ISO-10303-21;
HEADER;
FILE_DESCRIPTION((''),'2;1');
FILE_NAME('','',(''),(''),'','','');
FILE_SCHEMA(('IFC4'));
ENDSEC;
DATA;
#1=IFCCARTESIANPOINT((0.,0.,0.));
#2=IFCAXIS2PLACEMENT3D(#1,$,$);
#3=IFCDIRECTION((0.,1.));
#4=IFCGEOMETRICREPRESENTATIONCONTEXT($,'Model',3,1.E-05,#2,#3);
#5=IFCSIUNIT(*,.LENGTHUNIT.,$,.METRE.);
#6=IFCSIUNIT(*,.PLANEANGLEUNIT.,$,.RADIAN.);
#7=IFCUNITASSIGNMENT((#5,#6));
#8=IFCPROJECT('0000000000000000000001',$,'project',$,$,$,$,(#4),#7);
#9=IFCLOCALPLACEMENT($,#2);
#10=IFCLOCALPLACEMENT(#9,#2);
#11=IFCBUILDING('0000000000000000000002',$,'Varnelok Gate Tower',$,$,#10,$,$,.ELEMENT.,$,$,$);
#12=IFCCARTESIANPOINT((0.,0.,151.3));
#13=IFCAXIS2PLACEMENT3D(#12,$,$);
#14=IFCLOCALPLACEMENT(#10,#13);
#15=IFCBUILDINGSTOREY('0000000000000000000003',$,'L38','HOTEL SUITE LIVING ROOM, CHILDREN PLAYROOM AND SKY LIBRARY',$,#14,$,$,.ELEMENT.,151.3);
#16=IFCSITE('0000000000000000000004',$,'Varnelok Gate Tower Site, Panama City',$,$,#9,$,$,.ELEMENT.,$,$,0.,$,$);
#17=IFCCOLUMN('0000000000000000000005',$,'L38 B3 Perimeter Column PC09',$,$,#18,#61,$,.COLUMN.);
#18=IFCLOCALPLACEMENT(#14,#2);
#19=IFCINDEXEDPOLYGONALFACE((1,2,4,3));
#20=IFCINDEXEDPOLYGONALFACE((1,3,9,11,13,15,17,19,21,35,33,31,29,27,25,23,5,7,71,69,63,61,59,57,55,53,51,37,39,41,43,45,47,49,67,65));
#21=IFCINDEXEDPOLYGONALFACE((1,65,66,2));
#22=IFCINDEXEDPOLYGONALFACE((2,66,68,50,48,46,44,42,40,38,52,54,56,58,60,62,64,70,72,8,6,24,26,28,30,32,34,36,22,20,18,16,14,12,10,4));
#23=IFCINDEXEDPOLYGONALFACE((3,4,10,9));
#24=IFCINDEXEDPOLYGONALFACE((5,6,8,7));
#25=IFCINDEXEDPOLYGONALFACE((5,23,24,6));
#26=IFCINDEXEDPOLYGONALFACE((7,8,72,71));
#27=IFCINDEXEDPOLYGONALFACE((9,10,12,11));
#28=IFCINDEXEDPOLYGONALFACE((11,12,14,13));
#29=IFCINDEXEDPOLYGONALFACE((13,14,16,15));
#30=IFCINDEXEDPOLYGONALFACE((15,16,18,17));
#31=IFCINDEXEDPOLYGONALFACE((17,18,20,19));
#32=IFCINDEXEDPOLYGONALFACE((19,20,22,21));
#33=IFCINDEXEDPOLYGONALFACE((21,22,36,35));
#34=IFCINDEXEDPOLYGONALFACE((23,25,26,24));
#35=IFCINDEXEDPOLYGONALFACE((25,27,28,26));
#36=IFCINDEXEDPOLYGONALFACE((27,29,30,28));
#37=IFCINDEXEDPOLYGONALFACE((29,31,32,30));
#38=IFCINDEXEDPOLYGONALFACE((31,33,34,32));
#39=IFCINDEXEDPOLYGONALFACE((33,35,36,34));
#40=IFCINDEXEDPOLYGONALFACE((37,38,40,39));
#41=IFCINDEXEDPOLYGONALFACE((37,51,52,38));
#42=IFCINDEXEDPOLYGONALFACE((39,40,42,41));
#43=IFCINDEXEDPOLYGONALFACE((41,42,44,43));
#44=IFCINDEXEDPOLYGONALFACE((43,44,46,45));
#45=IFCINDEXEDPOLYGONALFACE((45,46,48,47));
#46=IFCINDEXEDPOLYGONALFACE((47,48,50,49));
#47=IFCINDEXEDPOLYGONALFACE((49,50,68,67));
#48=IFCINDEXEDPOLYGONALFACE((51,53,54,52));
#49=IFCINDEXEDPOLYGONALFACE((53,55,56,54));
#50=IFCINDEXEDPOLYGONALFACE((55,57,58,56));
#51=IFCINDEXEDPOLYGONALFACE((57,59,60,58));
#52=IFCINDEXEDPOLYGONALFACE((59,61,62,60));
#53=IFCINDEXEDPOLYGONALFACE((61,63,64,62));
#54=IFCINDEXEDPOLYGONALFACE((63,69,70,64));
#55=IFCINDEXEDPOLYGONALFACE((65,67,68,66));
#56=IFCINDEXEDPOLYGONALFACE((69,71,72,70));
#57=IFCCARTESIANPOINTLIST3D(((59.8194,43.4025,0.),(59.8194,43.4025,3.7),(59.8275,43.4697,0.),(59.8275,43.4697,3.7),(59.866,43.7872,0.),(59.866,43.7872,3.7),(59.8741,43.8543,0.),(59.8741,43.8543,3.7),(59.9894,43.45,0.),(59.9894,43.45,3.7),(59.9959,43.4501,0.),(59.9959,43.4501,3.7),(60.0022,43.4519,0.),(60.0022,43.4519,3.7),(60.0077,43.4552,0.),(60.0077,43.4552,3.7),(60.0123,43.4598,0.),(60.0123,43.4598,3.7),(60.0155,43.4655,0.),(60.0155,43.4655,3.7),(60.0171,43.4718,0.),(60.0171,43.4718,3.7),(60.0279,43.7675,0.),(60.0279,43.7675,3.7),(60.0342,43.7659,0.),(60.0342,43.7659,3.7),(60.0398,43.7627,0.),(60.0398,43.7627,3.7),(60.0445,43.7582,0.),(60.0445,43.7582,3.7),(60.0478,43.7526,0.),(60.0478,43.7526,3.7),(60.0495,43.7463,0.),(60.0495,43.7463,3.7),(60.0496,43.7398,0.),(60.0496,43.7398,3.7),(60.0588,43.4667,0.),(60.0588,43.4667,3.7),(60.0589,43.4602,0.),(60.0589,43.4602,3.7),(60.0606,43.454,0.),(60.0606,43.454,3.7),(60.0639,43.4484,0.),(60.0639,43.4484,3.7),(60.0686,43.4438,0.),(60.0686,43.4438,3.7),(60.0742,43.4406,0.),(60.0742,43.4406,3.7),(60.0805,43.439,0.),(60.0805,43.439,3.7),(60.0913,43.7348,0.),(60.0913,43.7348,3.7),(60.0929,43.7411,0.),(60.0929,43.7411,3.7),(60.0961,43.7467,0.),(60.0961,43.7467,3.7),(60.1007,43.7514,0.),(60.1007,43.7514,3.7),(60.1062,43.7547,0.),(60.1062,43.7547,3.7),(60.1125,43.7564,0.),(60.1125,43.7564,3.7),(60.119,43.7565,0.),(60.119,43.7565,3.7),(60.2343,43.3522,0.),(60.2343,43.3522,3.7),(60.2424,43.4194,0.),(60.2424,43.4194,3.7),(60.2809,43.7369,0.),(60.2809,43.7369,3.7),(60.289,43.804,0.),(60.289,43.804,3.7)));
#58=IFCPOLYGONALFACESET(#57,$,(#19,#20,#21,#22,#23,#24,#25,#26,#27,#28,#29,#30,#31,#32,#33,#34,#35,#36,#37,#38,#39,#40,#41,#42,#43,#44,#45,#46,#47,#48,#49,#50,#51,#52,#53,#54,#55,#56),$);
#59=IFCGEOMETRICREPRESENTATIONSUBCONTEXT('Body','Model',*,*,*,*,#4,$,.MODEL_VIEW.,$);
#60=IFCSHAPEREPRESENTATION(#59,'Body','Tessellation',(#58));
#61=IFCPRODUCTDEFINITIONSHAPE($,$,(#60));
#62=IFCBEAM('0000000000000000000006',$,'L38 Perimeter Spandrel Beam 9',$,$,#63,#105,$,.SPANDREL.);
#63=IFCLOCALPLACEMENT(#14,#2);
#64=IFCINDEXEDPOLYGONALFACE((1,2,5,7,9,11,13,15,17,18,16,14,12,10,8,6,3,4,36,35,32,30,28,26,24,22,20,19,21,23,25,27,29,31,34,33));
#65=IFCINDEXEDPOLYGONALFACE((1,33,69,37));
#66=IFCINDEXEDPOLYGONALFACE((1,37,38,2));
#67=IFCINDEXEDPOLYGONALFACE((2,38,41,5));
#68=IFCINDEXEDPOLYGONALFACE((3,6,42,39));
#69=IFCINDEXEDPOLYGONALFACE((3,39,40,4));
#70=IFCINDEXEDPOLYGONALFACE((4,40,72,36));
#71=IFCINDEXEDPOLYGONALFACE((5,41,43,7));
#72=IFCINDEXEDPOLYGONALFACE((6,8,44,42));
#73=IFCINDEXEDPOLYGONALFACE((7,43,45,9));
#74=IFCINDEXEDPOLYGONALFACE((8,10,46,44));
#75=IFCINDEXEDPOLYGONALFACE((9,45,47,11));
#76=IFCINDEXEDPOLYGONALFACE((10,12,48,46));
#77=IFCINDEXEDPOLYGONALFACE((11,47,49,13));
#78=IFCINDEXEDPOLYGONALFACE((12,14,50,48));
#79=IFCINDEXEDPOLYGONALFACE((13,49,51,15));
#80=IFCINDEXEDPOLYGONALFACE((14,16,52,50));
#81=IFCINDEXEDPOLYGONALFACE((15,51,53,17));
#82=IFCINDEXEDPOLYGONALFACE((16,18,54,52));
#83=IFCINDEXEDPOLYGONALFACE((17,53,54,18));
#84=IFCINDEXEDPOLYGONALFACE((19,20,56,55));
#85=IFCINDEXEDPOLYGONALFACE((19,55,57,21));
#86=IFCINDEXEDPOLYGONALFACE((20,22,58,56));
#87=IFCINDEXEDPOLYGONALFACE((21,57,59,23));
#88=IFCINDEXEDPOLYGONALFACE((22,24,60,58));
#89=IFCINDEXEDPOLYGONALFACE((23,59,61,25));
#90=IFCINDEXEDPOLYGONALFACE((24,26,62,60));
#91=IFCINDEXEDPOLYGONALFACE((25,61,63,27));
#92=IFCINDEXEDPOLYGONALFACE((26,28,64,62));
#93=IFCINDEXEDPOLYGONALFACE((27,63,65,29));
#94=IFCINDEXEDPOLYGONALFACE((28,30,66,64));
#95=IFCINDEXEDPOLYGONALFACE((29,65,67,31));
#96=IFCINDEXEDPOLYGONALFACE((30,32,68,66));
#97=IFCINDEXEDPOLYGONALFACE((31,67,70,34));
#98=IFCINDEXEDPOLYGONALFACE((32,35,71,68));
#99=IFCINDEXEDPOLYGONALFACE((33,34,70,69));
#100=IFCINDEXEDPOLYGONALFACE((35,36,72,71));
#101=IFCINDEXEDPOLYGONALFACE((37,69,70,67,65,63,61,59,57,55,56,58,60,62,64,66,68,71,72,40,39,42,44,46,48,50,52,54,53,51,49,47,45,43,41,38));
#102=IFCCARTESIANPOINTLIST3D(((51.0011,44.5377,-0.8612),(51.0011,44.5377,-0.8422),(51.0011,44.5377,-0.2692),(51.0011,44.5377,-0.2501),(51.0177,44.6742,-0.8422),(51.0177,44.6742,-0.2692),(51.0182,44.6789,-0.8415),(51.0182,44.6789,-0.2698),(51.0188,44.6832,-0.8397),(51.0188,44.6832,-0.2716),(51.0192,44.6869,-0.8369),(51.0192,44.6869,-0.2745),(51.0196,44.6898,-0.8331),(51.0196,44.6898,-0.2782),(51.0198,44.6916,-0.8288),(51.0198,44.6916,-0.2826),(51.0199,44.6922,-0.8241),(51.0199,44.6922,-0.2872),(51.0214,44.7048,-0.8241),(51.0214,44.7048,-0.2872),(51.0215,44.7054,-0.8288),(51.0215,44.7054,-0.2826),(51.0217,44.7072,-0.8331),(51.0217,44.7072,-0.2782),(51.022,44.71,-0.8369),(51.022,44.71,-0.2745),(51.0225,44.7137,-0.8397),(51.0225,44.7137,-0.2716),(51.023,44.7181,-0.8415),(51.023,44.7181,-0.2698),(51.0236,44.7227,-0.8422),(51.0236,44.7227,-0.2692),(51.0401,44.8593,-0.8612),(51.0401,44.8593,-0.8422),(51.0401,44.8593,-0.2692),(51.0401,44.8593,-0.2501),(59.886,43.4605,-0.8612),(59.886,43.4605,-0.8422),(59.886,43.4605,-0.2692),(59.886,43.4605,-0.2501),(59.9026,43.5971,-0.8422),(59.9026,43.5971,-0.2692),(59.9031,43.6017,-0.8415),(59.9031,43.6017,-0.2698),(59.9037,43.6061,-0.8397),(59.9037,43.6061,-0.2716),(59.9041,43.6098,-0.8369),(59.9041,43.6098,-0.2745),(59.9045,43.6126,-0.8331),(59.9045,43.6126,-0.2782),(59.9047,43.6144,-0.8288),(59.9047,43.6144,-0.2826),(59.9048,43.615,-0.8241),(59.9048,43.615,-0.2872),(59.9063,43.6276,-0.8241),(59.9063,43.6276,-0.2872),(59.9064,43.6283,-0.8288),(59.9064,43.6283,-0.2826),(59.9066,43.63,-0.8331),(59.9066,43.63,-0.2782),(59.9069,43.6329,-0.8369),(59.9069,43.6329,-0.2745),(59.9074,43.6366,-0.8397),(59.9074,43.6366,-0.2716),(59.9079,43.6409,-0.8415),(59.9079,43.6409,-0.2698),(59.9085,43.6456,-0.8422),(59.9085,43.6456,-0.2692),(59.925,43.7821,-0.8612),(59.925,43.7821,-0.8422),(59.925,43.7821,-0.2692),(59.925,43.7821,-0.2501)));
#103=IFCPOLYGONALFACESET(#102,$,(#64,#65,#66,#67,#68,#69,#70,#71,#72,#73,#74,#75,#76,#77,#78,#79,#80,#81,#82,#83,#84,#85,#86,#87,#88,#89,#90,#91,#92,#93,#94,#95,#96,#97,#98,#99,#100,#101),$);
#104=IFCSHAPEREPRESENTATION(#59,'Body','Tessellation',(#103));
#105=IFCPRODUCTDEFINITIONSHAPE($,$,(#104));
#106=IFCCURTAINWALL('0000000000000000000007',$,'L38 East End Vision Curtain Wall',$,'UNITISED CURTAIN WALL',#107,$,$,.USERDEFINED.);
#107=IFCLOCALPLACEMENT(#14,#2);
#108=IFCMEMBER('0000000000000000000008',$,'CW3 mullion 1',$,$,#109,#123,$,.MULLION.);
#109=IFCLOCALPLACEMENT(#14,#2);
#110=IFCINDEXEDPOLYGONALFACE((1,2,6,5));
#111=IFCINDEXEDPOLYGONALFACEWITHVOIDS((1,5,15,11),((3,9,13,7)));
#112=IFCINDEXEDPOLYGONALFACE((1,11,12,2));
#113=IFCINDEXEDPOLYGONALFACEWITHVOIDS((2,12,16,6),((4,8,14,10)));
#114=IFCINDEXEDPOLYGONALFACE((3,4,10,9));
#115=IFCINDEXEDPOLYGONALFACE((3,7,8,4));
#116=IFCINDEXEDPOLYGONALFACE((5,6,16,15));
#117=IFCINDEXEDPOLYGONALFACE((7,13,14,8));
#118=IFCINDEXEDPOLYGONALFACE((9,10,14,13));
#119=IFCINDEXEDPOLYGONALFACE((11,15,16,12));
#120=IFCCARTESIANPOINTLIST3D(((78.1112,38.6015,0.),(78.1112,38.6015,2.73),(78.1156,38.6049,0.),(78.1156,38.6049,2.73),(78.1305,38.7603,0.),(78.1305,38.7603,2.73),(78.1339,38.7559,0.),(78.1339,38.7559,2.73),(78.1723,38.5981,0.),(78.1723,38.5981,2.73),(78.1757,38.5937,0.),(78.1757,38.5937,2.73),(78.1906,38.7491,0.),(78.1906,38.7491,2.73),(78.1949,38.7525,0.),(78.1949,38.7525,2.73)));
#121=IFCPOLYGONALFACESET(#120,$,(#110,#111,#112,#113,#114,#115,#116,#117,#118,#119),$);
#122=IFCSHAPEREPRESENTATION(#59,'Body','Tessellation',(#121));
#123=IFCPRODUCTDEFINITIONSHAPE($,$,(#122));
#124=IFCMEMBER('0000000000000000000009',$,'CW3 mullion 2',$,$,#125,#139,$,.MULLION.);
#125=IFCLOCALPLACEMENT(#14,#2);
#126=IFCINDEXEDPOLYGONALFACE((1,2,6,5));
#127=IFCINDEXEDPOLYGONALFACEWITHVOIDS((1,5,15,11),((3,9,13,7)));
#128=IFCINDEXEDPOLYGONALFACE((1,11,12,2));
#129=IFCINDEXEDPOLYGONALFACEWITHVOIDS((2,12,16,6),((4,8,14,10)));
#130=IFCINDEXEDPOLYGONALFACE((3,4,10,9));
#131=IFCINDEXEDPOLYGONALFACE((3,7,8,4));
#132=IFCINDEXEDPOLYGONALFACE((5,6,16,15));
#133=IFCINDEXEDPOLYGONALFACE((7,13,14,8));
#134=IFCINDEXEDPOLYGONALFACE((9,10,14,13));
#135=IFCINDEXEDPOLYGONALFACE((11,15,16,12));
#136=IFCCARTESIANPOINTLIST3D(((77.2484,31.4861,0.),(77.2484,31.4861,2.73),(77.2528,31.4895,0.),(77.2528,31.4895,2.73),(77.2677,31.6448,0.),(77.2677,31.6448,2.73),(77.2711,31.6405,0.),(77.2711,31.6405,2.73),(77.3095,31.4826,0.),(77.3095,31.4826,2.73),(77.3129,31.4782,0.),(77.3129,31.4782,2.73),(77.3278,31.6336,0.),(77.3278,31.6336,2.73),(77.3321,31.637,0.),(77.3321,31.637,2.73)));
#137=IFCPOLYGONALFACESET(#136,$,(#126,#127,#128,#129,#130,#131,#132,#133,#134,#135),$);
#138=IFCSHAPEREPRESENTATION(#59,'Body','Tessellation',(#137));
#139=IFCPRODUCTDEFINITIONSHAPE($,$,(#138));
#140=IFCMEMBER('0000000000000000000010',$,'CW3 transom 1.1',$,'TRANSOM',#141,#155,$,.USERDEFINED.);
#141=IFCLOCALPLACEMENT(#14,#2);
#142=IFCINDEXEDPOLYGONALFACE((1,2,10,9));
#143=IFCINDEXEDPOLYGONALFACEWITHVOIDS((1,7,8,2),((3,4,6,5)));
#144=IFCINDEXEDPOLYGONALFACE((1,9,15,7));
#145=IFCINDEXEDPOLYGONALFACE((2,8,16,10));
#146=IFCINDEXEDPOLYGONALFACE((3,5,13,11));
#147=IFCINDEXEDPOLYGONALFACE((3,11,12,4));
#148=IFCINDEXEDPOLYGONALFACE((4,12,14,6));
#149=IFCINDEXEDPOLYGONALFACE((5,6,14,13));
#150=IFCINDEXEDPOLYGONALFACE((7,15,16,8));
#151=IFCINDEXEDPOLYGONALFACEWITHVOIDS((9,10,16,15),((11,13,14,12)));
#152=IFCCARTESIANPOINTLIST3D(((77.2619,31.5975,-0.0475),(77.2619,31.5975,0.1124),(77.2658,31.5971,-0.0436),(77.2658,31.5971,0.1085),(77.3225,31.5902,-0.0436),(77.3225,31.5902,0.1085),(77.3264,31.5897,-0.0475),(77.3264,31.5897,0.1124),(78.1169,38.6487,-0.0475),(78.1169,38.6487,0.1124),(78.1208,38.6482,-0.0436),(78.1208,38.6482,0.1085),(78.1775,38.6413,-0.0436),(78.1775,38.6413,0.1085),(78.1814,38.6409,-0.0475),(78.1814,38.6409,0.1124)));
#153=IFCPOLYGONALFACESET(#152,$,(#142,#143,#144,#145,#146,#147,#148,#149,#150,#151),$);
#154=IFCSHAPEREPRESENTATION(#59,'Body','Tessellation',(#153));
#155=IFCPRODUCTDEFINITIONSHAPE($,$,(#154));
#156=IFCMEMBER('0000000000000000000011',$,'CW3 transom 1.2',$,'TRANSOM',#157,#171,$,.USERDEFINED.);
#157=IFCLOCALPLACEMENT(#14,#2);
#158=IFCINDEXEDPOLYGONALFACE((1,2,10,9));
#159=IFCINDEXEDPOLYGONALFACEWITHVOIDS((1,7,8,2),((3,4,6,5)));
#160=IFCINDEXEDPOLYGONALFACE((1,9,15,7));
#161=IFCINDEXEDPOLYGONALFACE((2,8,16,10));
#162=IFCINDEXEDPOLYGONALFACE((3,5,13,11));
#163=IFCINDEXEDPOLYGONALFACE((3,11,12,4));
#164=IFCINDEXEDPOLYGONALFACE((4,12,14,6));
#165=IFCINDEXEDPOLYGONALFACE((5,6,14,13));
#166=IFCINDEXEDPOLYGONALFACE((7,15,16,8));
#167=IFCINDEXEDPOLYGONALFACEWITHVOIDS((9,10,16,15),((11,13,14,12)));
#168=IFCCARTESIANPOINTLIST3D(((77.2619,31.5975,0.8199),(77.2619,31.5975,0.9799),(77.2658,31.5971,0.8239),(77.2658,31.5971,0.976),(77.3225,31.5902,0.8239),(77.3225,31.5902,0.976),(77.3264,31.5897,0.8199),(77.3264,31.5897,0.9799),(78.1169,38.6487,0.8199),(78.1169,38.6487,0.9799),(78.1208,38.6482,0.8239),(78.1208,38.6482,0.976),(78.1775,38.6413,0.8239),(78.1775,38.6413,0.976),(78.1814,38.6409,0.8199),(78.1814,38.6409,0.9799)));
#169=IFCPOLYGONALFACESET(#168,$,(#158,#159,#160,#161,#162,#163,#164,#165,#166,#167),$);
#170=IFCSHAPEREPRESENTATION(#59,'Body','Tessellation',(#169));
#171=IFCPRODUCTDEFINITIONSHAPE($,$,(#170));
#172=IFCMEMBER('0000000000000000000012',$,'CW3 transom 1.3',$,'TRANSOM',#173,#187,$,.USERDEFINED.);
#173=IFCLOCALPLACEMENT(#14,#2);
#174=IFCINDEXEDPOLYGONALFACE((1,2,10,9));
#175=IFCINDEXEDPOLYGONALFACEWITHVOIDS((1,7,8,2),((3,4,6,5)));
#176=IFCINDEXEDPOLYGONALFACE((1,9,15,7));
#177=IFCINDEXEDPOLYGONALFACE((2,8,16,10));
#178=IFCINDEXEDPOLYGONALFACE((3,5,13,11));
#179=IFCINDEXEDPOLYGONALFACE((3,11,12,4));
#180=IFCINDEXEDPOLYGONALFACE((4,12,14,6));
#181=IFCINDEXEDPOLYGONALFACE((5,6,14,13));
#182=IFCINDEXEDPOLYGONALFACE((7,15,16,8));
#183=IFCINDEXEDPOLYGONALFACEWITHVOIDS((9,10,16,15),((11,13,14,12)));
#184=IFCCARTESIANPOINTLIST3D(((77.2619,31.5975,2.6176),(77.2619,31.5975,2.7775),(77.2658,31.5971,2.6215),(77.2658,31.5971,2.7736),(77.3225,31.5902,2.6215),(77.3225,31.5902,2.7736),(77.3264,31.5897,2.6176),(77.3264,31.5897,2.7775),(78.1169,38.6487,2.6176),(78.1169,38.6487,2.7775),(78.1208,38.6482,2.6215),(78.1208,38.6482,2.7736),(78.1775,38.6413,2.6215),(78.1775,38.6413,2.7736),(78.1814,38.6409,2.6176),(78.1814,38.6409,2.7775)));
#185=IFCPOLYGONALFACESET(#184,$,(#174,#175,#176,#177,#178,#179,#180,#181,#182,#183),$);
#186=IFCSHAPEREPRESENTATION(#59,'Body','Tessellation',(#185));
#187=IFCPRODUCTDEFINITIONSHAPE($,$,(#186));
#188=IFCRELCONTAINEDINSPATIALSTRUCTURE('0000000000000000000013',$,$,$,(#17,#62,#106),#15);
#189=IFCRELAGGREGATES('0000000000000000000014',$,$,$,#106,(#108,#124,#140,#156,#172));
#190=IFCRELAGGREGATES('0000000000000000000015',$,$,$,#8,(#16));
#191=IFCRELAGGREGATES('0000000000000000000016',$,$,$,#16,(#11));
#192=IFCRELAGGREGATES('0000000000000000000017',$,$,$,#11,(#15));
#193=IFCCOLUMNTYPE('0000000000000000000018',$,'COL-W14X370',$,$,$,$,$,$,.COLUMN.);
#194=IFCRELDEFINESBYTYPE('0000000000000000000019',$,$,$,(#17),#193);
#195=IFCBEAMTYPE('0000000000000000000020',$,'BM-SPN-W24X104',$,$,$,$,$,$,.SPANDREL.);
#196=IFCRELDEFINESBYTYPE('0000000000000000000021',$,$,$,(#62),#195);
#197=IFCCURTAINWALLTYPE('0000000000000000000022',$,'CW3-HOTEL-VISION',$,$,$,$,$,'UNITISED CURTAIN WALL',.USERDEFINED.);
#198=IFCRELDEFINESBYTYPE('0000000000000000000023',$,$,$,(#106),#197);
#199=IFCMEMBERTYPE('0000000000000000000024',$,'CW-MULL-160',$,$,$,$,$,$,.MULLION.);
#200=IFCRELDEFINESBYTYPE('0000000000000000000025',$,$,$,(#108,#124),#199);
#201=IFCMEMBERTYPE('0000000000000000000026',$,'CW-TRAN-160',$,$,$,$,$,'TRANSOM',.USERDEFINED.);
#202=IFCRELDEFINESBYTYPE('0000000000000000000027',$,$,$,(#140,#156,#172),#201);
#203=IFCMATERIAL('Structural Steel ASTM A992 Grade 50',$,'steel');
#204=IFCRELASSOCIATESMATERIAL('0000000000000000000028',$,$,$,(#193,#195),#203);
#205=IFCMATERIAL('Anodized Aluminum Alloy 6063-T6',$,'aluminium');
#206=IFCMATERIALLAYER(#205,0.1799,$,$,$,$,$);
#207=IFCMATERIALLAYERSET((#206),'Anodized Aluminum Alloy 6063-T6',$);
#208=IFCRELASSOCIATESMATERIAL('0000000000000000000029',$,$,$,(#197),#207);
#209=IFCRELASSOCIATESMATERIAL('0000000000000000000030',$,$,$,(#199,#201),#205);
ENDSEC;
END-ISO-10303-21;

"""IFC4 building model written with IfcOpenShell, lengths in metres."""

from ifc_helpers import new_model, si_unit, direction, frame, origin, origin_2d, place, context, subcontext, project, spatial, hollow_rectangle, i_section, extrude, material, layer, layer_set, material_profile, profile_set, type_object, element, aggregate, save


model = new_model("IFC4")

# Units and contexts
model_context = context("Model", 3, precision=1e-05, world=origin(), true_north=direction((0.0, 1.0)))
body_context = subcontext(model_context, "Body", "Model", "MODEL_VIEW")
ifc_project = project(units=[si_unit("LENGTHUNIT", "METRE"), si_unit("PLANEANGLEUNIT", "RADIAN")], contexts=[model_context])

# Site, building, storey
site_placement = place(None, origin())
site = spatial("IfcSite", under=ifc_project, at=site_placement, Name="Varnelok Gate Tower Site, Panama City", CompositionType="ELEMENT", RefElevation=0.0)
building_placement = place(site_placement, origin())
building = spatial("IfcBuilding", under=site, at=building_placement, Name="Varnelok Gate Tower", CompositionType="ELEMENT")
storey_placement = place(building_placement, frame((0.0, 0.0, 151.3)))
storey = spatial("IfcBuildingStorey", under=building, at=storey_placement, Name="L38", Description="HOTEL SUITE LIVING ROOM, CHILDREN PLAYROOM AND SKY LIBRARY", CompositionType="ELEMENT", Elevation=151.3)

# Column
ifc_material_1 = material(Name="Structural Steel ASTM A992 Grade 50", Category="steel")
ifc_material_profile_1 = material_profile(ifc_material_1, i_section(OverallWidth=0.418, OverallDepth=0.4551, WebThickness=0.042, FlangeThickness=0.0676, FilletRadius=0.0249, at=origin_2d()), Name="W14X370")
ifc_profile_set_1 = profile_set([ifc_material_profile_1], Name="Structural Steel ASTM A992 Grade 50")
column_type = type_object("IfcColumnType", Name="COL-W14X370", PredefinedType="COLUMN", material=ifc_profile_set_1)
column_placement = place(storey_placement, frame((60.0542, 43.6033, 0.0), z_axis=(0.0, 0.0, 1.0), x_axis=(0.992732, -0.120345, 0.0)))
element("IfcColumn", 1, at=column_placement, inside=storey, type_object=column_type, Name="L38 B3 Perimeter Column PC09", PredefinedType="COLUMN", context=body_context, shape_type="SweptSolid", body=[
    extrude(i_section(OverallWidth=0.418, OverallDepth=0.4551, WebThickness=0.042, FlangeThickness=0.0676, FilletRadius=0.0249, at=origin_2d()), origin(), (0.0, 0.0, 1.0), 3.7),
])

# Beam
ifc_material_profile_2 = material_profile(ifc_material_1, i_section(OverallWidth=0.324, OverallDepth=0.6111, WebThickness=0.0127, FlangeThickness=0.019, FilletRadius=0.0181, at=origin_2d()), Name="W24X104")
ifc_profile_set_2 = profile_set([ifc_material_profile_2], Name="Structural Steel ASTM A992 Grade 50")
beam_type = type_object("IfcBeamType", Name="BM-SPN-W24X104", PredefinedType="SPANDREL", material=ifc_profile_set_2)
beam_placement = place(storey_placement, frame((59.9055, 43.6213, -0.5557), z_axis=(-0.992731, 0.120351, 0.0), x_axis=(-0.120351, -0.992731, 0.0)))
element("IfcBeam", 2, at=beam_placement, inside=storey, type_object=beam_type, Name="L38 Perimeter Spandrel Beam 9", PredefinedType="SPANDREL", context=body_context, shape_type="SweptSolid", body=[
    extrude(i_section(OverallWidth=0.324, OverallDepth=0.6111, WebThickness=0.0127, FlangeThickness=0.019, FilletRadius=0.0181, at=origin_2d()), origin(), (0.0, 0.0, 1.0), 8.95),
])

# Curtain wall, members
ifc_material_2 = material(Name="Anodized Aluminum Alloy 6063-T6", Category="aluminium")
ifc_layer_1 = layer(ifc_material_2, 0.1799)
ifc_layer_set_1 = layer_set([ifc_layer_1], Name="Anodized Aluminum Alloy 6063-T6")
curtain_wall_type = type_object("IfcCurtainWallType", Name="CW3-HOTEL-VISION", ElementType="UNITISED CURTAIN WALL", PredefinedType="USERDEFINED", material=ifc_layer_set_1)
curtain_wall_placement = place(storey_placement, origin())
curtain_wall = element("IfcCurtainWall", 3, at=curtain_wall_placement, inside=storey, type_object=curtain_wall_type, Name="L38 East End Vision Curtain Wall", ObjectType="UNITISED CURTAIN WALL", PredefinedType="USERDEFINED")
ifc_material_profile_3 = material_profile(ifc_material_2, hollow_rectangle(XDim=0.0649, YDim=0.1599, WallThickness=0.0039, at=origin_2d()), Name="ALU160X65X4")
ifc_profile_set_3 = profile_set([ifc_material_profile_3], Name="Anodized Aluminum Alloy 6063-T6")
member_type_1 = type_object("IfcMemberType", Name="CW-MULL-160", PredefinedType="MULLION", material=ifc_profile_set_3)
member_1_placement = place(storey_placement, frame((78.1531, 38.677, 0.0), z_axis=(0.0, 0.0, 1.0), x_axis=(0.992732, -0.120347, 0.0)))
member_1 = element("IfcMember", 4, at=member_1_placement, type_object=member_type_1, Name="CW3 mullion 1", PredefinedType="MULLION", context=body_context, shape_type="SweptSolid", body=[
    extrude(hollow_rectangle(XDim=0.0649, YDim=0.1599, WallThickness=0.0039, at=origin_2d()), origin(), (0.0, 0.0, 1.0), 2.73),
])
member_2_placement = place(storey_placement, frame((77.2903, 31.5615, 0.0), z_axis=(0.0, 0.0, 1.0), x_axis=(0.992732, -0.120347, 0.0)))
member_2 = element("IfcMember", 5, at=member_2_placement, type_object=member_type_1, Name="CW3 mullion 2", PredefinedType="MULLION", context=body_context, shape_type="SweptSolid", body=[
    extrude(hollow_rectangle(XDim=0.0649, YDim=0.1599, WallThickness=0.0039, at=origin_2d()), origin(), (0.0, 0.0, 1.0), 2.73),
])
ifc_material_profile_4 = material_profile(ifc_material_2, hollow_rectangle(XDim=0.0649, YDim=0.1599, WallThickness=0.0039, at=origin_2d()), Name="ALU160X65X4")
ifc_profile_set_4 = profile_set([ifc_material_profile_4], Name="Anodized Aluminum Alloy 6063-T6")
member_type_2 = type_object("IfcMemberType", Name="CW-TRAN-160", ElementType="TRANSOM", PredefinedType="USERDEFINED", material=ifc_profile_set_4)
member_3_placement = place(storey_placement, frame((78.1492, 38.6448, 0.0325), z_axis=(-0.120374, -0.992729, 0.0), x_axis=(0.992729, -0.120374, 0.0)))
member_3 = element("IfcMember", 6, at=member_3_placement, type_object=member_type_2, Name="CW3 transom 1.1", ObjectType="TRANSOM", PredefinedType="USERDEFINED", context=body_context, shape_type="SweptSolid", body=[
    extrude(hollow_rectangle(XDim=0.0649, YDim=0.1599, WallThickness=0.0039, at=origin_2d()), origin(), (0.0, 0.0, 1.0), 7.1028),
])
member_4_placement = place(storey_placement, frame((78.1492, 38.6448, 0.8999), z_axis=(-0.120374, -0.992729, 0.0), x_axis=(0.992729, -0.120374, 0.0)))
member_4 = element("IfcMember", 7, at=member_4_placement, type_object=member_type_2, Name="CW3 transom 1.2", ObjectType="TRANSOM", PredefinedType="USERDEFINED", context=body_context, shape_type="SweptSolid", body=[
    extrude(hollow_rectangle(XDim=0.0649, YDim=0.1599, WallThickness=0.0039, at=origin_2d()), origin(), (0.0, 0.0, 1.0), 7.1028),
])
member_5_placement = place(storey_placement, frame((78.1492, 38.6448, 2.6975), z_axis=(-0.120374, -0.992729, 0.0), x_axis=(0.992729, -0.120374, 0.0)))
member_5 = element("IfcMember", 8, at=member_5_placement, type_object=member_type_2, Name="CW3 transom 1.3", ObjectType="TRANSOM", PredefinedType="USERDEFINED", context=body_context, shape_type="SweptSolid", body=[
    extrude(hollow_rectangle(XDim=0.0649, YDim=0.1599, WallThickness=0.0039, at=origin_2d()), origin(), (0.0, 0.0, 1.0), 7.1028),
])
aggregate(curtain_wall, [member_1, member_2, member_3, member_4, member_5])

save(model, "model.ifc")
